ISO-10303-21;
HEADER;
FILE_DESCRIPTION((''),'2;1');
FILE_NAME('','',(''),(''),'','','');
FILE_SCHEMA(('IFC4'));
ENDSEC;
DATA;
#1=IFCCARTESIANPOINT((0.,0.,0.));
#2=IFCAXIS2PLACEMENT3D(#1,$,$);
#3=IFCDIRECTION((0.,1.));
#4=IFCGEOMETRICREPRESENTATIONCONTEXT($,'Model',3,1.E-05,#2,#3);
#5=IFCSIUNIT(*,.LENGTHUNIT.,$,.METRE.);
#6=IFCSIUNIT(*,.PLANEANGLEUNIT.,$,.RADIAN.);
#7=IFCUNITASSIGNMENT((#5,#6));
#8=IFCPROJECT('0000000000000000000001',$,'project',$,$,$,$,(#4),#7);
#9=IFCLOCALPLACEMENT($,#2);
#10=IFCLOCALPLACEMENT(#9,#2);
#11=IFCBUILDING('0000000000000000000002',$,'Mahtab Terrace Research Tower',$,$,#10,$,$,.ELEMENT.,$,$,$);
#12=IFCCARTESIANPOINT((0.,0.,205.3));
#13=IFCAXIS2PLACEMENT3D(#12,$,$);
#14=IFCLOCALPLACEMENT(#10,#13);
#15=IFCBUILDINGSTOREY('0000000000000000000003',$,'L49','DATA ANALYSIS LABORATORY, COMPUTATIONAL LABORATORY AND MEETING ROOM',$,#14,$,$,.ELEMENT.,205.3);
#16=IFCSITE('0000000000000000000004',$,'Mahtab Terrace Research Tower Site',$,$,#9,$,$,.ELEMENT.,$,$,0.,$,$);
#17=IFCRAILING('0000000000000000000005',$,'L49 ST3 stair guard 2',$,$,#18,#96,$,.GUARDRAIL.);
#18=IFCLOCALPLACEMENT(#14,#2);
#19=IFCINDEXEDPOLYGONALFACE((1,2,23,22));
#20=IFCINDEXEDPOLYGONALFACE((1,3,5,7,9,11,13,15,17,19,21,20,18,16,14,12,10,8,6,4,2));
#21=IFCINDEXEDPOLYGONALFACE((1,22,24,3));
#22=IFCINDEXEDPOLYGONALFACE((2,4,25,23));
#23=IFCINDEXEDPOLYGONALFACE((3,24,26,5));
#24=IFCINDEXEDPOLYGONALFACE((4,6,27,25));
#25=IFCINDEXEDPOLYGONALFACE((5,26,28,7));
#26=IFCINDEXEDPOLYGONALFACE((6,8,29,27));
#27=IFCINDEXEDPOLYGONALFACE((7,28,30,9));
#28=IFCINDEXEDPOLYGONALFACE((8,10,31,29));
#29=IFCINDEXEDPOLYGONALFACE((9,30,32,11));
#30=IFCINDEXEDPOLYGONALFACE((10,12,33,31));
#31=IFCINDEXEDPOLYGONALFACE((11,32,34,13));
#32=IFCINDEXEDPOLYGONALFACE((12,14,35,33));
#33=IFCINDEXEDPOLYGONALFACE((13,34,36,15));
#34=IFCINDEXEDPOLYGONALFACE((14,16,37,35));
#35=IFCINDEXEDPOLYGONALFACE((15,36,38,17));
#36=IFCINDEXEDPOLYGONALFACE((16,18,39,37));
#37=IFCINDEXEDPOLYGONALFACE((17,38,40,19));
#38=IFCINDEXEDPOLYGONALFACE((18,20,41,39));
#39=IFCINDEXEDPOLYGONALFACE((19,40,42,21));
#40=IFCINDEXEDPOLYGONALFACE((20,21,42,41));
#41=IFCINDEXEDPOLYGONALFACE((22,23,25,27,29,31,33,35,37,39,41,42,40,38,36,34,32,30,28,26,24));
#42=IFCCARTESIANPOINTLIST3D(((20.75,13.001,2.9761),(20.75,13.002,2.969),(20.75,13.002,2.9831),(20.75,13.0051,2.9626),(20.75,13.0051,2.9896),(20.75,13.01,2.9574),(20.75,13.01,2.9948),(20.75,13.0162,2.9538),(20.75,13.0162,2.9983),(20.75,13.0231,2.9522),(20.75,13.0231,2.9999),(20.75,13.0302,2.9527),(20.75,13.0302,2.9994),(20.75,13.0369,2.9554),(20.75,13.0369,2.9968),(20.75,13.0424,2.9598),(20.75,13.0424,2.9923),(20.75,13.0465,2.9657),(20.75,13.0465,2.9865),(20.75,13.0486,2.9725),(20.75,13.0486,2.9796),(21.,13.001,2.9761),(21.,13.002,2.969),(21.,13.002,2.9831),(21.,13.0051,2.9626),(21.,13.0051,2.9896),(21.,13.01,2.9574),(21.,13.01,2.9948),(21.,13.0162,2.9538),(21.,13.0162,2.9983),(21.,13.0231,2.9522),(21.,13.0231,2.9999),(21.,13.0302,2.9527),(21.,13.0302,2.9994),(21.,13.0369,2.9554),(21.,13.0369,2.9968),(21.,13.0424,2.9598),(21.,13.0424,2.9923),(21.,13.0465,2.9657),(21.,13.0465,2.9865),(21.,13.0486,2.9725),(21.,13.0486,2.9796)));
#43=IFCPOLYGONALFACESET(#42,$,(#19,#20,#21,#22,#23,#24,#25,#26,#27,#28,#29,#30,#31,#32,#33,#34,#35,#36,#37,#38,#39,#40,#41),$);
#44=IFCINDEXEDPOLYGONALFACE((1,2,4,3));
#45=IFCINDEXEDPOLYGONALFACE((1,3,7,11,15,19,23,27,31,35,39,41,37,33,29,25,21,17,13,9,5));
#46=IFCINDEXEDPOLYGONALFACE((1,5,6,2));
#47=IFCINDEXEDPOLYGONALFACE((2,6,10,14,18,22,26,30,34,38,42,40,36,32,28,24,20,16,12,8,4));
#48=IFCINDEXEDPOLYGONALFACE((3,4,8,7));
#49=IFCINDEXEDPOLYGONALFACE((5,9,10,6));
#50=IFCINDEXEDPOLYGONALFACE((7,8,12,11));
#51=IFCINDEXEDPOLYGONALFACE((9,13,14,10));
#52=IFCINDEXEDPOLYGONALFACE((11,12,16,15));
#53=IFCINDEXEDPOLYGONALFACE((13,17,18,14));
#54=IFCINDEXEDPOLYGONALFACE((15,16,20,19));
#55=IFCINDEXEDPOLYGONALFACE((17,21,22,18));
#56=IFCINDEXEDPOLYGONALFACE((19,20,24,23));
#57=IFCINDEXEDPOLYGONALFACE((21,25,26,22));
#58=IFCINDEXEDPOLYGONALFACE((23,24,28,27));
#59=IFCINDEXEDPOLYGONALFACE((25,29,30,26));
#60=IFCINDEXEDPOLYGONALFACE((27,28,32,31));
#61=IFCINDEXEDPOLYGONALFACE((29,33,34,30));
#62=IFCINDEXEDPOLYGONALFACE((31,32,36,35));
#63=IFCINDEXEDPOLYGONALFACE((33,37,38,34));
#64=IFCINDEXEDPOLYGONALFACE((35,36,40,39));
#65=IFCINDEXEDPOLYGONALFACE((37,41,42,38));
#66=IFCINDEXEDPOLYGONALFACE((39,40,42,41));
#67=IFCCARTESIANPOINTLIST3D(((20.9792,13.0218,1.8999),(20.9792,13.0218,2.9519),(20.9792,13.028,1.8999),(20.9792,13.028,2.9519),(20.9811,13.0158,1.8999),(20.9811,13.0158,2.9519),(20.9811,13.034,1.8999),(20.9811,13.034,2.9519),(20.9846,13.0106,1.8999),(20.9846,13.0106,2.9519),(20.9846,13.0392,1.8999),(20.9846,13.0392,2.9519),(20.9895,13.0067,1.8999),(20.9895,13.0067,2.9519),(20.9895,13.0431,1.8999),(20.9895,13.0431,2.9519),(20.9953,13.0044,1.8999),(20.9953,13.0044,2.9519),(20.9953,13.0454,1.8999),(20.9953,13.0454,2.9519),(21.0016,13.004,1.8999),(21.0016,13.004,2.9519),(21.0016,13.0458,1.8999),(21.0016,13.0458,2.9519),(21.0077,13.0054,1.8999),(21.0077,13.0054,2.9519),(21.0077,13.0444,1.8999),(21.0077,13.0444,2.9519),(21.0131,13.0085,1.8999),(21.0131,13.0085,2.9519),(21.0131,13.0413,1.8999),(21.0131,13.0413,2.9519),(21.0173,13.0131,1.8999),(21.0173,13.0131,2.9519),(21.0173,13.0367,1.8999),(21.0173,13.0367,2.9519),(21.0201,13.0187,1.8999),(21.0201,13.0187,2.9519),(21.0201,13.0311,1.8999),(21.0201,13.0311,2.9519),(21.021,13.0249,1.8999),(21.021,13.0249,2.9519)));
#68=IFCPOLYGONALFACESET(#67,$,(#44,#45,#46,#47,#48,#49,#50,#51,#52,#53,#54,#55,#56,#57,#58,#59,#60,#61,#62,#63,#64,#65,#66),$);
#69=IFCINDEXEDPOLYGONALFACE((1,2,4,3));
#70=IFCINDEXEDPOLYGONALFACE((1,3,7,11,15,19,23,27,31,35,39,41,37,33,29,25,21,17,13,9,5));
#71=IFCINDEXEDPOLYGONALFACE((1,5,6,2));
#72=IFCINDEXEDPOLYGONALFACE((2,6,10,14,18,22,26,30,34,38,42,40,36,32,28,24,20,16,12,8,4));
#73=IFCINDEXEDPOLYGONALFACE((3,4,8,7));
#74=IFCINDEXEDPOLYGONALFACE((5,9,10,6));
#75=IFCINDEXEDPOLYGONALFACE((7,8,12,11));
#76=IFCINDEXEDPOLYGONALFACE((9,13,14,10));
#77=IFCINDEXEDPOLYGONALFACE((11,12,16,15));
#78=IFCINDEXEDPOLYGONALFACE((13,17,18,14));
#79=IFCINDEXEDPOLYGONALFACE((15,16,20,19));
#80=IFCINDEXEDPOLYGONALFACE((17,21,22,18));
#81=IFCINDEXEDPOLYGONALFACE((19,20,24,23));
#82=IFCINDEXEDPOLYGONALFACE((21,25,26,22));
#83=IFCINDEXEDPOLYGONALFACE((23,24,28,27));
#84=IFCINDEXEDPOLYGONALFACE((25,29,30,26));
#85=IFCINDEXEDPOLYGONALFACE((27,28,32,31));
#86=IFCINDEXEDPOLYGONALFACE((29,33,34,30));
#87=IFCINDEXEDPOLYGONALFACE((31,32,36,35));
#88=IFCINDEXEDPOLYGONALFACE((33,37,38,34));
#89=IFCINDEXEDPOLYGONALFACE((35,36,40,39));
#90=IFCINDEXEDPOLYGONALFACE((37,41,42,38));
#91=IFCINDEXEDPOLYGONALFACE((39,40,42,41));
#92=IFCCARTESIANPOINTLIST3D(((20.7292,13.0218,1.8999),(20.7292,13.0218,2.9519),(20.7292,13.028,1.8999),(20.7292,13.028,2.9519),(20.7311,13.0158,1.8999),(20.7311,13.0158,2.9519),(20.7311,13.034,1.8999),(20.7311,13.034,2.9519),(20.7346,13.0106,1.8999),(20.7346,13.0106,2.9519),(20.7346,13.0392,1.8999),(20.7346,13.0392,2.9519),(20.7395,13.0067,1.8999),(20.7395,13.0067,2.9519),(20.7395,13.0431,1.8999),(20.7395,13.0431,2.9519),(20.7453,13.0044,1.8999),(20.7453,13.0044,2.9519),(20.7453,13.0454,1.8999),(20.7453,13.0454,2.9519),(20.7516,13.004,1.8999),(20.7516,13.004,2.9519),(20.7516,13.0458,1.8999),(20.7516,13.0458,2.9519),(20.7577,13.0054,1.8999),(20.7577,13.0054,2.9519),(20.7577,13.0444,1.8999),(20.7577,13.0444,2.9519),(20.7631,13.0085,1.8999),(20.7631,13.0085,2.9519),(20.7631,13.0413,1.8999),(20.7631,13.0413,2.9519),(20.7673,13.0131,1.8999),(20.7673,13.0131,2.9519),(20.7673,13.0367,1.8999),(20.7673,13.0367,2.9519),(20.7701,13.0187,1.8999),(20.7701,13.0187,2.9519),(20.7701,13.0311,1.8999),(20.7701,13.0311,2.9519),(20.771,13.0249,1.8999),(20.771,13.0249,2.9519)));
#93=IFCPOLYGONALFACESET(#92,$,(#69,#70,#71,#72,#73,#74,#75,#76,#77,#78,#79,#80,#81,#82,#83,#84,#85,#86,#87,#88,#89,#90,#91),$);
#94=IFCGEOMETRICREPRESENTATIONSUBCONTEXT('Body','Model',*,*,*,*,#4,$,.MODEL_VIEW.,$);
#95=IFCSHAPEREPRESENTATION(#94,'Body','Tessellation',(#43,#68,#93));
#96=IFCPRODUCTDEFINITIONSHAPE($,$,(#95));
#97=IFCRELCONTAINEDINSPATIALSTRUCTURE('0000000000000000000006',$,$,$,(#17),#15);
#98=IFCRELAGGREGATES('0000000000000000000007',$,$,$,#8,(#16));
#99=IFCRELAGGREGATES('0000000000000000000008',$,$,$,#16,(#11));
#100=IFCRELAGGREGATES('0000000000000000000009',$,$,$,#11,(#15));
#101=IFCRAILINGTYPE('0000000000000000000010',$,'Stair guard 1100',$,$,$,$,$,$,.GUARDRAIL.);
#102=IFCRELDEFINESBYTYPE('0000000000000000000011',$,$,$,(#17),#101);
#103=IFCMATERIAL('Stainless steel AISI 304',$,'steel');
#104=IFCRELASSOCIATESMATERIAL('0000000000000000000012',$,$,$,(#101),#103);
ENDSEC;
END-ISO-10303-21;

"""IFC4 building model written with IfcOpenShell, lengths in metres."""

from ifc_helpers import new_model, si_unit, direction, frame, origin, origin_2d, place, context, subcontext, project, spatial, circle, extrude, material, type_object, element, save


model = new_model("IFC4")

# Units and contexts
model_context = context("Model", 3, precision=1e-05, world=origin(), true_north=direction((0.0, 1.0)))
body_context = subcontext(model_context, "Body", "Model", "MODEL_VIEW")
ifc_project = project(units=[si_unit("LENGTHUNIT", "METRE"), si_unit("PLANEANGLEUNIT", "RADIAN")], contexts=[model_context])

# Site, building, storey
site_placement = place(None, origin())
site = spatial("IfcSite", under=ifc_project, at=site_placement, Name="Mahtab Terrace Research Tower Site", CompositionType="ELEMENT", RefElevation=0.0)
building_placement = place(site_placement, origin())
building = spatial("IfcBuilding", under=site, at=building_placement, Name="Mahtab Terrace Research Tower", CompositionType="ELEMENT")
storey_placement = place(building_placement, frame((0.0, 0.0, 205.3)))
storey = spatial("IfcBuildingStorey", under=building, at=storey_placement, Name="L49", Description="DATA ANALYSIS LABORATORY, COMPUTATIONAL LABORATORY AND MEETING ROOM", CompositionType="ELEMENT", Elevation=205.3)

# Shared definitions
ifc_material_1 = material(Name="Stainless steel AISI 304", Category="steel")

# Railing
railing_type_1 = type_object("IfcRailingType", Name="Stair guard 1100", PredefinedType="GUARDRAIL", material=ifc_material_1)
railing_1_placement = place(storey_placement, frame((21.0, 13.0249, 1.8999)))
element("IfcRailing", 1, at=railing_1_placement, inside=storey, type_object=railing_type_1, Name="L49 ST3 stair guard 2", PredefinedType="GUARDRAIL", context=body_context, shape_type="SweptSolid", body=[
    extrude(circle(Radius=0.0239, at=origin_2d()), frame((0.0, 0.0, 1.0762), z_axis=(-1.0, 0.0, 0.0), x_axis=(0.0, -1.0, 0.0)), (0.0, 0.0, 1.0), 0.25),
    extrude(circle(Radius=0.021, at=origin_2d()), origin(), (0.0, 0.0, 1.0), 1.052),
    extrude(circle(Radius=0.021, at=origin_2d()), frame((-0.25, 0.0, 0.0)), (0.0, 0.0, 1.0), 1.052),
])

save(model, "model.ifc")
